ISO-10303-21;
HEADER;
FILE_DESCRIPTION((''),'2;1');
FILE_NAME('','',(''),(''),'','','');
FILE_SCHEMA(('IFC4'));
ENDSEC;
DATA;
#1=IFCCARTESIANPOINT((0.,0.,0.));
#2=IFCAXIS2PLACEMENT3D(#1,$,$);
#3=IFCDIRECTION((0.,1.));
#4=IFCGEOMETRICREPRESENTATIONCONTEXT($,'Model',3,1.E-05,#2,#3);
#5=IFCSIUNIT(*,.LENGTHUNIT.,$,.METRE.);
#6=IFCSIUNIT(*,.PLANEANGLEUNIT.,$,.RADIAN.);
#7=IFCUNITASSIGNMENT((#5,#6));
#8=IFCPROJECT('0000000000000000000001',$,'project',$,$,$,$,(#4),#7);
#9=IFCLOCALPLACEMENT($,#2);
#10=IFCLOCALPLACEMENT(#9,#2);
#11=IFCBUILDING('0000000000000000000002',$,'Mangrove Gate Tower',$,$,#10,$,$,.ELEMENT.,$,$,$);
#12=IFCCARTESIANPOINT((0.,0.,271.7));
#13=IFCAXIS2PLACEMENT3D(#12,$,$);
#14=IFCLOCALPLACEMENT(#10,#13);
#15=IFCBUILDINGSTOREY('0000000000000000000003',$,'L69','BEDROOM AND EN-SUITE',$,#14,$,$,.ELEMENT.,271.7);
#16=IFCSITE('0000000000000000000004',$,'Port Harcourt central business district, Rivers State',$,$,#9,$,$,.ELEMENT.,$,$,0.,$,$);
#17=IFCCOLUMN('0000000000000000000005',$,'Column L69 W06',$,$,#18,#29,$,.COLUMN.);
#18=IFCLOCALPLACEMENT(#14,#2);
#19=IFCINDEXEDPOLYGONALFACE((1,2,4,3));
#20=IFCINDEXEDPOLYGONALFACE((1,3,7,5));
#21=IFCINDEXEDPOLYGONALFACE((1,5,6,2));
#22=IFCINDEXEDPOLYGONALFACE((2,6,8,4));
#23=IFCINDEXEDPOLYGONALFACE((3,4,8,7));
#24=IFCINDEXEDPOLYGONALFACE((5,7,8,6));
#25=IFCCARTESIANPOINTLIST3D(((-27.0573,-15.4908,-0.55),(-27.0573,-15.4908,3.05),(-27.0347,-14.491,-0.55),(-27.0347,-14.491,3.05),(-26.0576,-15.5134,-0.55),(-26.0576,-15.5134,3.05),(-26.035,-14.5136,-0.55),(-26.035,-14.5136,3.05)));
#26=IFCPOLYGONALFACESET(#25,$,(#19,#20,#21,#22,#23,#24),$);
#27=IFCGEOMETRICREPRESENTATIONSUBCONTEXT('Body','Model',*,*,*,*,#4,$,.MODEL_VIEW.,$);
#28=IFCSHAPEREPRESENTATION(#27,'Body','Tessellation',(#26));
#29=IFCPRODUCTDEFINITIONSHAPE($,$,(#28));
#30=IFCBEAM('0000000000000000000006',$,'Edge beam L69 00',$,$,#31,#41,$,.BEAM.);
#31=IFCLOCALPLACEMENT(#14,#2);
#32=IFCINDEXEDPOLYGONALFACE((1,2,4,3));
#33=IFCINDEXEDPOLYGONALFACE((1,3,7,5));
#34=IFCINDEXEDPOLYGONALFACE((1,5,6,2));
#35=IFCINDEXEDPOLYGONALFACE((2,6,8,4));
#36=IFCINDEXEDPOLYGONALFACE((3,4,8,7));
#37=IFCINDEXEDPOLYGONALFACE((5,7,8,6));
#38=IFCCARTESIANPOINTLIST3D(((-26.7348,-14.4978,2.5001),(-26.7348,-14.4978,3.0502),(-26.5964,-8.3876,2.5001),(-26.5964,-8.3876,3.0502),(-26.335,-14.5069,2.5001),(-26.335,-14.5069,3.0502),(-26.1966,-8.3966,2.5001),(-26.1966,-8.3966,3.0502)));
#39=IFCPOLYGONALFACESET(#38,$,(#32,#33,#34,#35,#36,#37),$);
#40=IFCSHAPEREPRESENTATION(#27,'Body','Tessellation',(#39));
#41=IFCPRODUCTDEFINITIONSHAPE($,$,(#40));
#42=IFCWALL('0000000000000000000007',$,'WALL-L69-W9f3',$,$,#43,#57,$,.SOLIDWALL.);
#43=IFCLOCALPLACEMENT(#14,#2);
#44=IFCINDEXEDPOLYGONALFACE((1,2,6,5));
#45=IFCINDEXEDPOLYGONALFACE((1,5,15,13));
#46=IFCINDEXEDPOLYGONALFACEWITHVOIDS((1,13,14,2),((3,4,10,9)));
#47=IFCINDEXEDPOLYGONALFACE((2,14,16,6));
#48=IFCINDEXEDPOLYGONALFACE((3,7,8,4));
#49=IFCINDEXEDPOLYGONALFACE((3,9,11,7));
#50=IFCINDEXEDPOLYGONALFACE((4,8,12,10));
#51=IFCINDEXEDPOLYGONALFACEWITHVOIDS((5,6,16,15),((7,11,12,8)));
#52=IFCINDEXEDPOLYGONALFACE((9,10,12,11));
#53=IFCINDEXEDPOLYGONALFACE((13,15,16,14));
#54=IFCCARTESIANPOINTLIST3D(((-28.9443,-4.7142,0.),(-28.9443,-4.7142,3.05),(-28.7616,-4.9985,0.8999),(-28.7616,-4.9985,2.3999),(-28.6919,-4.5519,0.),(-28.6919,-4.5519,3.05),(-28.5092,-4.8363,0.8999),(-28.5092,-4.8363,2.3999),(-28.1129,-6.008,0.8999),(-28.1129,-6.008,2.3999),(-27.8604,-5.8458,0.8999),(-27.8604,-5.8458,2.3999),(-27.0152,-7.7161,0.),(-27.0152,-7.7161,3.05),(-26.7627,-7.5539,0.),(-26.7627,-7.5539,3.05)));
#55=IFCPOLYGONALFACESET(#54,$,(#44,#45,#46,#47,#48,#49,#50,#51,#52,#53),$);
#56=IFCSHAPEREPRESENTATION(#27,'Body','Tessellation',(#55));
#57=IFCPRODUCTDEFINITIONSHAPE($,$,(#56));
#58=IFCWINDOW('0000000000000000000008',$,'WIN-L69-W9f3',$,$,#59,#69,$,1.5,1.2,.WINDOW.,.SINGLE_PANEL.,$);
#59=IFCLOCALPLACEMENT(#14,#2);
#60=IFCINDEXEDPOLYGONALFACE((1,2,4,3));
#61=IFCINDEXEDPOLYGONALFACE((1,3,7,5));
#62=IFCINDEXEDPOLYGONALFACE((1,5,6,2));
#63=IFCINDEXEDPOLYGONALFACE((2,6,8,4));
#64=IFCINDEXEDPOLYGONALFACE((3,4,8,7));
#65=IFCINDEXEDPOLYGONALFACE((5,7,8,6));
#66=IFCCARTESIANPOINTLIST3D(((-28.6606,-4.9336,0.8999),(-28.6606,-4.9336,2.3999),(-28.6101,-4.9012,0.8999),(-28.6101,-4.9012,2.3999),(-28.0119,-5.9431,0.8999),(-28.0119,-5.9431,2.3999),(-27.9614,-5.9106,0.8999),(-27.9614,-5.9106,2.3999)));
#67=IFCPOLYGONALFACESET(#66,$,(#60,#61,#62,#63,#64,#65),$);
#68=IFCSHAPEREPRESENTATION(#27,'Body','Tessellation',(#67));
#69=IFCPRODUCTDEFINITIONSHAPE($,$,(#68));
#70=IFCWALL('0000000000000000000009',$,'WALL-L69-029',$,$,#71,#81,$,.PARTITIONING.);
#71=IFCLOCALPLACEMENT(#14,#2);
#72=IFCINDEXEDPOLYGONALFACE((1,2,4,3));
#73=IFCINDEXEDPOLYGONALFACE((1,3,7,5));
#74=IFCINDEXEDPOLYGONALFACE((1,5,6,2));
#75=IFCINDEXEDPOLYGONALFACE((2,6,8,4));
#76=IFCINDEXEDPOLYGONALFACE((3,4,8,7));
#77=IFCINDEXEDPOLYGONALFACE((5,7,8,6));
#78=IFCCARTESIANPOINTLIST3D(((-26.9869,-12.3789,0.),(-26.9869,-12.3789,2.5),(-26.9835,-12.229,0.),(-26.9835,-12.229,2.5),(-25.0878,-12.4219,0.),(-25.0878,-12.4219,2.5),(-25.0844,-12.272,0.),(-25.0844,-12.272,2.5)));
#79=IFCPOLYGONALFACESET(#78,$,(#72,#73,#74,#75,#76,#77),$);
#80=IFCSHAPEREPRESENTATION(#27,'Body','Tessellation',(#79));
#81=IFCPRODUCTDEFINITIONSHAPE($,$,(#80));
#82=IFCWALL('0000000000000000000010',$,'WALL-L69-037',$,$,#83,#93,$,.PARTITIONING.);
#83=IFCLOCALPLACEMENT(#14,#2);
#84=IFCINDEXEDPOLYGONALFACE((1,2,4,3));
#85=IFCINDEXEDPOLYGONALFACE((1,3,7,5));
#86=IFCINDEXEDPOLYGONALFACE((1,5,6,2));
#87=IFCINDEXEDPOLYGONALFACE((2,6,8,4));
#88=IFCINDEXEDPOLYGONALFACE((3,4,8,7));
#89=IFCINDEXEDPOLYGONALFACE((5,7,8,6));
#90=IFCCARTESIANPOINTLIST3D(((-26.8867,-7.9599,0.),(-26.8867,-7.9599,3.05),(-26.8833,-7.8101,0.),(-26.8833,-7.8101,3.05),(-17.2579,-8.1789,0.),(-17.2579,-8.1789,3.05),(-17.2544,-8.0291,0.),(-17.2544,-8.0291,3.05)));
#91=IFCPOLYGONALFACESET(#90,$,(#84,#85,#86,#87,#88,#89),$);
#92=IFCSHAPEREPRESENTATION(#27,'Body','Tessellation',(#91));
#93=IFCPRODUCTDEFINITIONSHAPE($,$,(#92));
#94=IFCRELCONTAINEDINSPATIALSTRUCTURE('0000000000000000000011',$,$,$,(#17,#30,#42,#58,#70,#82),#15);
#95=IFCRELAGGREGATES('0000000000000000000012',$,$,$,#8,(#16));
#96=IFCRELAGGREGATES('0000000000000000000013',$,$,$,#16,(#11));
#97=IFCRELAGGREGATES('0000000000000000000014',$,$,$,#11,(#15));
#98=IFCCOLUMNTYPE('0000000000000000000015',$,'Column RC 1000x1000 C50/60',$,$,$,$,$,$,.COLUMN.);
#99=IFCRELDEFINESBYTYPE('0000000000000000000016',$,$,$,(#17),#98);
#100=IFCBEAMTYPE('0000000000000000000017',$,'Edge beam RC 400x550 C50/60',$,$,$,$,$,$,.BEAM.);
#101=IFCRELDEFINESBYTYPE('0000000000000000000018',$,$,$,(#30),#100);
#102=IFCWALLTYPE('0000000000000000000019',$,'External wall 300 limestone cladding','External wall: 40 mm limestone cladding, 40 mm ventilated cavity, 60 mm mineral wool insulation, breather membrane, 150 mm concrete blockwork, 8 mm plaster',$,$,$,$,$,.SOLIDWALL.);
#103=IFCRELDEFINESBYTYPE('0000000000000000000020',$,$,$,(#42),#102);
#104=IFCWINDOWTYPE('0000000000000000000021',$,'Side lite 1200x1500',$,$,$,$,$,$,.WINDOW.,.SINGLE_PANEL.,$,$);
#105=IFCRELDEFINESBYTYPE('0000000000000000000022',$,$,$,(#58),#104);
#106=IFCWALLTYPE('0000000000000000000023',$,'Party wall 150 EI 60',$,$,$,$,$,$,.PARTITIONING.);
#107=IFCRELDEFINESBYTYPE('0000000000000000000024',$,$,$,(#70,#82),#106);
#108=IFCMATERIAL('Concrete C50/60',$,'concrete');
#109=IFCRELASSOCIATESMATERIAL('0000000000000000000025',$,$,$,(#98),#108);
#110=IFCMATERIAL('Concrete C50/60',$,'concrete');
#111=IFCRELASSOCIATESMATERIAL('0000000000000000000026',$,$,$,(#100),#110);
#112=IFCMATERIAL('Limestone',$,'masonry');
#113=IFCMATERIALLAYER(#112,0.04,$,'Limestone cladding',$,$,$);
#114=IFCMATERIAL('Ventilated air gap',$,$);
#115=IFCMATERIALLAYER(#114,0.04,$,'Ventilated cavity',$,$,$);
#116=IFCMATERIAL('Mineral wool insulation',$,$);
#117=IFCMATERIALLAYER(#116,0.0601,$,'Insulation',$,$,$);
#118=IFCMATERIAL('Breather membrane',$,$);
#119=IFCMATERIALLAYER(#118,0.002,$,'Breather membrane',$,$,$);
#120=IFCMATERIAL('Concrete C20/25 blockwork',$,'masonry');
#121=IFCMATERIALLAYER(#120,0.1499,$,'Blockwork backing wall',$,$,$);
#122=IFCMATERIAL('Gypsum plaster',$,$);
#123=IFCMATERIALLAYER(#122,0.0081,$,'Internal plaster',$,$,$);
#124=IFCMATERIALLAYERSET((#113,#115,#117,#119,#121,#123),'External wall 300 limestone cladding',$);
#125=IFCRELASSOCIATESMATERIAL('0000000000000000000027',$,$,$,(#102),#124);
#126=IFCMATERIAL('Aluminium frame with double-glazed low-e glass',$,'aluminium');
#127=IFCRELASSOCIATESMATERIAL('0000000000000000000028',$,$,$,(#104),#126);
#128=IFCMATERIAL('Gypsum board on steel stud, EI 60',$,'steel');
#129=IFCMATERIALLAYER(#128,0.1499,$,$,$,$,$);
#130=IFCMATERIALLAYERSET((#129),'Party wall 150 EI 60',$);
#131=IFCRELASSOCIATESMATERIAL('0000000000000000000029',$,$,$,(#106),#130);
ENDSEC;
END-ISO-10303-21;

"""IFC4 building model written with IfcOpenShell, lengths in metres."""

from ifc_helpers import new_model, si_unit, direction, frame, frame_2d, origin, origin_2d, place, context, subcontext, project, spatial, rectangle, extrude, material, layer, layer_set, material_profile, profile_set, type_object, element, fill, save


model = new_model("IFC4")

# Units and contexts
model_context = context("Model", 3, precision=1e-05, world=origin(), true_north=direction((0.0, 1.0)))
body_context = subcontext(model_context, "Body", "Model", "MODEL_VIEW")
ifc_project = project(units=[si_unit("LENGTHUNIT", "METRE"), si_unit("PLANEANGLEUNIT", "RADIAN")], contexts=[model_context])

# Site, building, storey
site_placement = place(None, origin())
site = spatial("IfcSite", under=ifc_project, at=site_placement, Name="Port Harcourt central business district, Rivers State", CompositionType="ELEMENT", RefElevation=0.0)
building_placement = place(site_placement, origin())
building = spatial("IfcBuilding", under=site, at=building_placement, Name="Mangrove Gate Tower", CompositionType="ELEMENT")
storey_placement = place(building_placement, frame((0.0, 0.0, 271.7)))
storey = spatial("IfcBuildingStorey", under=building, at=storey_placement, Name="L69", Description="BEDROOM AND EN-SUITE", CompositionType="ELEMENT", Elevation=271.7)

# Column
ifc_material_1 = material(Name="Concrete C50/60", Category="concrete")
ifc_material_profile_1 = material_profile(ifc_material_1, rectangle(XDim=1.0, YDim=1.0, at=origin_2d()))
ifc_profile_set_1 = profile_set([ifc_material_profile_1], Name="Concrete C50/60")
column_type = type_object("IfcColumnType", Name="Column RC 1000x1000 C50/60", PredefinedType="COLUMN", material=ifc_profile_set_1)
column_placement = place(storey_placement, frame((-26.5461, -15.0022, -0.55), z_axis=(0.0, 0.0, 1.0), x_axis=(-0.022637, -0.999744, 0.0)))
element("IfcColumn", 1, at=column_placement, inside=storey, type_object=column_type, Name="Column L69 W06", PredefinedType="COLUMN", context=body_context, shape_type="SweptSolid", body=[
    extrude(rectangle(XDim=1.0, YDim=1.0, at=origin_2d()), origin(), (0.0, 0.0, 1.0), 3.6001),
])

# Beam
ifc_material_2 = material(Name="Concrete C50/60", Category="concrete")
ifc_material_profile_2 = material_profile(ifc_material_2, rectangle(XDim=0.3999, YDim=0.55, at=origin_2d()))
ifc_profile_set_2 = profile_set([ifc_material_profile_2], Name="Concrete C50/60")
beam_type = type_object("IfcBeamType", Name="Edge beam RC 400x550 C50/60", PredefinedType="BEAM", material=ifc_profile_set_2)
beam_placement = place(storey_placement, frame((-26.3965, -8.3921, 2.7751), z_axis=(-0.022649, -0.999743, 0.0), x_axis=(0.999743, -0.022649, 0.0)))
element("IfcBeam", 2, at=beam_placement, inside=storey, type_object=beam_type, Name="Edge beam L69 00", PredefinedType="BEAM", context=body_context, shape_type="SweptSolid", body=[
    extrude(rectangle(XDim=0.3999, YDim=0.55, at=origin_2d()), origin(), (0.0, 0.0, 1.0), 6.1118),
])

# Wall, opening, window
ifc_material_3 = material(Name="Limestone", Category="masonry")
ifc_layer_1 = layer(ifc_material_3, 0.04, Name="Limestone cladding")
ifc_material_4 = material(Name="Ventilated air gap")
ifc_layer_2 = layer(ifc_material_4, 0.04, Name="Ventilated cavity")
ifc_material_5 = material(Name="Mineral wool insulation")
ifc_layer_3 = layer(ifc_material_5, 0.0601, Name="Insulation")
ifc_material_6 = material(Name="Breather membrane")
ifc_layer_4 = layer(ifc_material_6, 0.002, Name="Breather membrane")
ifc_material_7 = material(Name="Concrete C20/25 blockwork", Category="masonry")
ifc_layer_5 = layer(ifc_material_7, 0.1499, Name="Blockwork backing wall")
ifc_material_8 = material(Name="Gypsum plaster")
ifc_layer_6 = layer(ifc_material_8, 0.0081, Name="Internal plaster")
ifc_layer_set_1 = layer_set([ifc_layer_1, ifc_layer_2, ifc_layer_3, ifc_layer_4, ifc_layer_5, ifc_layer_6], Name="External wall 300 limestone cladding")
wall_type_1 = type_object("IfcWallType", Name="External wall 300 limestone cladding", Description="External wall: 40 mm limestone cladding, 40 mm ventilated cavity, 60 mm mineral wool insulation, breather membrane, 150 mm concrete blockwork, 8 mm plaster", PredefinedType="SOLIDWALL", material=ifc_layer_set_1)
wall_1_placement = place(storey_placement, frame((-28.8181, -4.6331, 0.0), z_axis=(0.0, 0.0, 1.0), x_axis=(0.540633, -0.841258, 0.0)))
wall_1 = element("IfcWall", 3, at=wall_1_placement, inside=storey, type_object=wall_type_1, Name="WALL-L69-W9f3", PredefinedType="SOLIDWALL", context=body_context, shape_type="SweptSolid", body=[
    extrude(rectangle(XDim=3.5684, YDim=0.3, at=frame_2d((1.7842, 0.0))), origin(), (0.0, 0.0, 1.0), 3.05),
])
opening_1_placement = place(wall_1_placement, frame((0.3379, 0.0, 0.8999)))
opening_1 = element("IfcOpeningElement", 4, at=opening_1_placement, cuts=wall_1, PredefinedType="OPENING", context=body_context, shape_type="SweptSolid", body=[
    extrude(rectangle(XDim=1.2, YDim=1.5, at=frame_2d((0.6001, 0.75))), frame((0.0, 0.1599, 0.0), z_axis=(0.0, -1.0, 0.0), x_axis=(1.0, 0.0, 0.0)), (0.0, 0.0, 1.0), 0.3201),
])
ifc_material_9 = material(Name="Aluminium frame with double-glazed low-e glass", Category="aluminium")
window_type_1 = type_object("IfcWindowType", Name="Side lite 1200x1500", PartitioningType="SINGLE_PANEL", PredefinedType="WINDOW", material=ifc_material_9)
window_1_placement = place(opening_1_placement, origin())
window_1 = element("IfcWindow", 5, at=window_1_placement, inside=storey, type_object=window_type_1, Name="WIN-L69-W9f3", OverallHeight=1.5, OverallWidth=1.2, PartitioningType="SINGLE_PANEL", PredefinedType="WINDOW", context=body_context, shape_type="SweptSolid", body=[
    extrude(rectangle(XDim=1.2, YDim=1.5, at=frame_2d((0.6001, 0.75))), frame((0.0, 0.03, 0.0), z_axis=(0.0, -1.0, 0.0), x_axis=(1.0, 0.0, 0.0)), (0.0, 0.0, 1.0), 0.0601),
])
fill(opening_1, window_1)

# Walls
ifc_material_10 = material(Name="Gypsum board on steel stud, EI 60", Category="steel")
ifc_layer_7 = layer(ifc_material_10, 0.1499)
ifc_layer_set_2 = layer_set([ifc_layer_7], Name="Party wall 150 EI 60")
wall_type_2 = type_object("IfcWallType", Name="Party wall 150 EI 60", PredefinedType="PARTITIONING", material=ifc_layer_set_2)
wall_2_placement = place(storey_placement, frame((-26.9851, -12.304, 0.0), z_axis=(0.0, 0.0, 1.0), x_axis=(0.999744, -0.022619, 0.0)))
element("IfcWall", 6, at=wall_2_placement, inside=storey, type_object=wall_type_2, Name="WALL-L69-029", PredefinedType="PARTITIONING", context=body_context, shape_type="SweptSolid", body=[
    extrude(rectangle(XDim=1.8997, YDim=0.1499, at=frame_2d((0.9497, 0.0))), origin(), (0.0, 0.0, 1.0), 2.5),
])
wall_3_placement = place(storey_placement, frame((-26.885, -7.885, 0.0), z_axis=(0.0, 0.0, 1.0), x_axis=(0.999741, -0.022738, 0.0)))
element("IfcWall", 7, at=wall_3_placement, inside=storey, type_object=wall_type_2, Name="WALL-L69-037", PredefinedType="PARTITIONING", context=body_context, shape_type="SweptSolid", body=[
    extrude(rectangle(XDim=9.6313, YDim=0.1499, at=frame_2d((4.8157, 0.0))), origin(), (0.0, 0.0, 1.0), 3.05),
])

save(model, "model.ifc")
